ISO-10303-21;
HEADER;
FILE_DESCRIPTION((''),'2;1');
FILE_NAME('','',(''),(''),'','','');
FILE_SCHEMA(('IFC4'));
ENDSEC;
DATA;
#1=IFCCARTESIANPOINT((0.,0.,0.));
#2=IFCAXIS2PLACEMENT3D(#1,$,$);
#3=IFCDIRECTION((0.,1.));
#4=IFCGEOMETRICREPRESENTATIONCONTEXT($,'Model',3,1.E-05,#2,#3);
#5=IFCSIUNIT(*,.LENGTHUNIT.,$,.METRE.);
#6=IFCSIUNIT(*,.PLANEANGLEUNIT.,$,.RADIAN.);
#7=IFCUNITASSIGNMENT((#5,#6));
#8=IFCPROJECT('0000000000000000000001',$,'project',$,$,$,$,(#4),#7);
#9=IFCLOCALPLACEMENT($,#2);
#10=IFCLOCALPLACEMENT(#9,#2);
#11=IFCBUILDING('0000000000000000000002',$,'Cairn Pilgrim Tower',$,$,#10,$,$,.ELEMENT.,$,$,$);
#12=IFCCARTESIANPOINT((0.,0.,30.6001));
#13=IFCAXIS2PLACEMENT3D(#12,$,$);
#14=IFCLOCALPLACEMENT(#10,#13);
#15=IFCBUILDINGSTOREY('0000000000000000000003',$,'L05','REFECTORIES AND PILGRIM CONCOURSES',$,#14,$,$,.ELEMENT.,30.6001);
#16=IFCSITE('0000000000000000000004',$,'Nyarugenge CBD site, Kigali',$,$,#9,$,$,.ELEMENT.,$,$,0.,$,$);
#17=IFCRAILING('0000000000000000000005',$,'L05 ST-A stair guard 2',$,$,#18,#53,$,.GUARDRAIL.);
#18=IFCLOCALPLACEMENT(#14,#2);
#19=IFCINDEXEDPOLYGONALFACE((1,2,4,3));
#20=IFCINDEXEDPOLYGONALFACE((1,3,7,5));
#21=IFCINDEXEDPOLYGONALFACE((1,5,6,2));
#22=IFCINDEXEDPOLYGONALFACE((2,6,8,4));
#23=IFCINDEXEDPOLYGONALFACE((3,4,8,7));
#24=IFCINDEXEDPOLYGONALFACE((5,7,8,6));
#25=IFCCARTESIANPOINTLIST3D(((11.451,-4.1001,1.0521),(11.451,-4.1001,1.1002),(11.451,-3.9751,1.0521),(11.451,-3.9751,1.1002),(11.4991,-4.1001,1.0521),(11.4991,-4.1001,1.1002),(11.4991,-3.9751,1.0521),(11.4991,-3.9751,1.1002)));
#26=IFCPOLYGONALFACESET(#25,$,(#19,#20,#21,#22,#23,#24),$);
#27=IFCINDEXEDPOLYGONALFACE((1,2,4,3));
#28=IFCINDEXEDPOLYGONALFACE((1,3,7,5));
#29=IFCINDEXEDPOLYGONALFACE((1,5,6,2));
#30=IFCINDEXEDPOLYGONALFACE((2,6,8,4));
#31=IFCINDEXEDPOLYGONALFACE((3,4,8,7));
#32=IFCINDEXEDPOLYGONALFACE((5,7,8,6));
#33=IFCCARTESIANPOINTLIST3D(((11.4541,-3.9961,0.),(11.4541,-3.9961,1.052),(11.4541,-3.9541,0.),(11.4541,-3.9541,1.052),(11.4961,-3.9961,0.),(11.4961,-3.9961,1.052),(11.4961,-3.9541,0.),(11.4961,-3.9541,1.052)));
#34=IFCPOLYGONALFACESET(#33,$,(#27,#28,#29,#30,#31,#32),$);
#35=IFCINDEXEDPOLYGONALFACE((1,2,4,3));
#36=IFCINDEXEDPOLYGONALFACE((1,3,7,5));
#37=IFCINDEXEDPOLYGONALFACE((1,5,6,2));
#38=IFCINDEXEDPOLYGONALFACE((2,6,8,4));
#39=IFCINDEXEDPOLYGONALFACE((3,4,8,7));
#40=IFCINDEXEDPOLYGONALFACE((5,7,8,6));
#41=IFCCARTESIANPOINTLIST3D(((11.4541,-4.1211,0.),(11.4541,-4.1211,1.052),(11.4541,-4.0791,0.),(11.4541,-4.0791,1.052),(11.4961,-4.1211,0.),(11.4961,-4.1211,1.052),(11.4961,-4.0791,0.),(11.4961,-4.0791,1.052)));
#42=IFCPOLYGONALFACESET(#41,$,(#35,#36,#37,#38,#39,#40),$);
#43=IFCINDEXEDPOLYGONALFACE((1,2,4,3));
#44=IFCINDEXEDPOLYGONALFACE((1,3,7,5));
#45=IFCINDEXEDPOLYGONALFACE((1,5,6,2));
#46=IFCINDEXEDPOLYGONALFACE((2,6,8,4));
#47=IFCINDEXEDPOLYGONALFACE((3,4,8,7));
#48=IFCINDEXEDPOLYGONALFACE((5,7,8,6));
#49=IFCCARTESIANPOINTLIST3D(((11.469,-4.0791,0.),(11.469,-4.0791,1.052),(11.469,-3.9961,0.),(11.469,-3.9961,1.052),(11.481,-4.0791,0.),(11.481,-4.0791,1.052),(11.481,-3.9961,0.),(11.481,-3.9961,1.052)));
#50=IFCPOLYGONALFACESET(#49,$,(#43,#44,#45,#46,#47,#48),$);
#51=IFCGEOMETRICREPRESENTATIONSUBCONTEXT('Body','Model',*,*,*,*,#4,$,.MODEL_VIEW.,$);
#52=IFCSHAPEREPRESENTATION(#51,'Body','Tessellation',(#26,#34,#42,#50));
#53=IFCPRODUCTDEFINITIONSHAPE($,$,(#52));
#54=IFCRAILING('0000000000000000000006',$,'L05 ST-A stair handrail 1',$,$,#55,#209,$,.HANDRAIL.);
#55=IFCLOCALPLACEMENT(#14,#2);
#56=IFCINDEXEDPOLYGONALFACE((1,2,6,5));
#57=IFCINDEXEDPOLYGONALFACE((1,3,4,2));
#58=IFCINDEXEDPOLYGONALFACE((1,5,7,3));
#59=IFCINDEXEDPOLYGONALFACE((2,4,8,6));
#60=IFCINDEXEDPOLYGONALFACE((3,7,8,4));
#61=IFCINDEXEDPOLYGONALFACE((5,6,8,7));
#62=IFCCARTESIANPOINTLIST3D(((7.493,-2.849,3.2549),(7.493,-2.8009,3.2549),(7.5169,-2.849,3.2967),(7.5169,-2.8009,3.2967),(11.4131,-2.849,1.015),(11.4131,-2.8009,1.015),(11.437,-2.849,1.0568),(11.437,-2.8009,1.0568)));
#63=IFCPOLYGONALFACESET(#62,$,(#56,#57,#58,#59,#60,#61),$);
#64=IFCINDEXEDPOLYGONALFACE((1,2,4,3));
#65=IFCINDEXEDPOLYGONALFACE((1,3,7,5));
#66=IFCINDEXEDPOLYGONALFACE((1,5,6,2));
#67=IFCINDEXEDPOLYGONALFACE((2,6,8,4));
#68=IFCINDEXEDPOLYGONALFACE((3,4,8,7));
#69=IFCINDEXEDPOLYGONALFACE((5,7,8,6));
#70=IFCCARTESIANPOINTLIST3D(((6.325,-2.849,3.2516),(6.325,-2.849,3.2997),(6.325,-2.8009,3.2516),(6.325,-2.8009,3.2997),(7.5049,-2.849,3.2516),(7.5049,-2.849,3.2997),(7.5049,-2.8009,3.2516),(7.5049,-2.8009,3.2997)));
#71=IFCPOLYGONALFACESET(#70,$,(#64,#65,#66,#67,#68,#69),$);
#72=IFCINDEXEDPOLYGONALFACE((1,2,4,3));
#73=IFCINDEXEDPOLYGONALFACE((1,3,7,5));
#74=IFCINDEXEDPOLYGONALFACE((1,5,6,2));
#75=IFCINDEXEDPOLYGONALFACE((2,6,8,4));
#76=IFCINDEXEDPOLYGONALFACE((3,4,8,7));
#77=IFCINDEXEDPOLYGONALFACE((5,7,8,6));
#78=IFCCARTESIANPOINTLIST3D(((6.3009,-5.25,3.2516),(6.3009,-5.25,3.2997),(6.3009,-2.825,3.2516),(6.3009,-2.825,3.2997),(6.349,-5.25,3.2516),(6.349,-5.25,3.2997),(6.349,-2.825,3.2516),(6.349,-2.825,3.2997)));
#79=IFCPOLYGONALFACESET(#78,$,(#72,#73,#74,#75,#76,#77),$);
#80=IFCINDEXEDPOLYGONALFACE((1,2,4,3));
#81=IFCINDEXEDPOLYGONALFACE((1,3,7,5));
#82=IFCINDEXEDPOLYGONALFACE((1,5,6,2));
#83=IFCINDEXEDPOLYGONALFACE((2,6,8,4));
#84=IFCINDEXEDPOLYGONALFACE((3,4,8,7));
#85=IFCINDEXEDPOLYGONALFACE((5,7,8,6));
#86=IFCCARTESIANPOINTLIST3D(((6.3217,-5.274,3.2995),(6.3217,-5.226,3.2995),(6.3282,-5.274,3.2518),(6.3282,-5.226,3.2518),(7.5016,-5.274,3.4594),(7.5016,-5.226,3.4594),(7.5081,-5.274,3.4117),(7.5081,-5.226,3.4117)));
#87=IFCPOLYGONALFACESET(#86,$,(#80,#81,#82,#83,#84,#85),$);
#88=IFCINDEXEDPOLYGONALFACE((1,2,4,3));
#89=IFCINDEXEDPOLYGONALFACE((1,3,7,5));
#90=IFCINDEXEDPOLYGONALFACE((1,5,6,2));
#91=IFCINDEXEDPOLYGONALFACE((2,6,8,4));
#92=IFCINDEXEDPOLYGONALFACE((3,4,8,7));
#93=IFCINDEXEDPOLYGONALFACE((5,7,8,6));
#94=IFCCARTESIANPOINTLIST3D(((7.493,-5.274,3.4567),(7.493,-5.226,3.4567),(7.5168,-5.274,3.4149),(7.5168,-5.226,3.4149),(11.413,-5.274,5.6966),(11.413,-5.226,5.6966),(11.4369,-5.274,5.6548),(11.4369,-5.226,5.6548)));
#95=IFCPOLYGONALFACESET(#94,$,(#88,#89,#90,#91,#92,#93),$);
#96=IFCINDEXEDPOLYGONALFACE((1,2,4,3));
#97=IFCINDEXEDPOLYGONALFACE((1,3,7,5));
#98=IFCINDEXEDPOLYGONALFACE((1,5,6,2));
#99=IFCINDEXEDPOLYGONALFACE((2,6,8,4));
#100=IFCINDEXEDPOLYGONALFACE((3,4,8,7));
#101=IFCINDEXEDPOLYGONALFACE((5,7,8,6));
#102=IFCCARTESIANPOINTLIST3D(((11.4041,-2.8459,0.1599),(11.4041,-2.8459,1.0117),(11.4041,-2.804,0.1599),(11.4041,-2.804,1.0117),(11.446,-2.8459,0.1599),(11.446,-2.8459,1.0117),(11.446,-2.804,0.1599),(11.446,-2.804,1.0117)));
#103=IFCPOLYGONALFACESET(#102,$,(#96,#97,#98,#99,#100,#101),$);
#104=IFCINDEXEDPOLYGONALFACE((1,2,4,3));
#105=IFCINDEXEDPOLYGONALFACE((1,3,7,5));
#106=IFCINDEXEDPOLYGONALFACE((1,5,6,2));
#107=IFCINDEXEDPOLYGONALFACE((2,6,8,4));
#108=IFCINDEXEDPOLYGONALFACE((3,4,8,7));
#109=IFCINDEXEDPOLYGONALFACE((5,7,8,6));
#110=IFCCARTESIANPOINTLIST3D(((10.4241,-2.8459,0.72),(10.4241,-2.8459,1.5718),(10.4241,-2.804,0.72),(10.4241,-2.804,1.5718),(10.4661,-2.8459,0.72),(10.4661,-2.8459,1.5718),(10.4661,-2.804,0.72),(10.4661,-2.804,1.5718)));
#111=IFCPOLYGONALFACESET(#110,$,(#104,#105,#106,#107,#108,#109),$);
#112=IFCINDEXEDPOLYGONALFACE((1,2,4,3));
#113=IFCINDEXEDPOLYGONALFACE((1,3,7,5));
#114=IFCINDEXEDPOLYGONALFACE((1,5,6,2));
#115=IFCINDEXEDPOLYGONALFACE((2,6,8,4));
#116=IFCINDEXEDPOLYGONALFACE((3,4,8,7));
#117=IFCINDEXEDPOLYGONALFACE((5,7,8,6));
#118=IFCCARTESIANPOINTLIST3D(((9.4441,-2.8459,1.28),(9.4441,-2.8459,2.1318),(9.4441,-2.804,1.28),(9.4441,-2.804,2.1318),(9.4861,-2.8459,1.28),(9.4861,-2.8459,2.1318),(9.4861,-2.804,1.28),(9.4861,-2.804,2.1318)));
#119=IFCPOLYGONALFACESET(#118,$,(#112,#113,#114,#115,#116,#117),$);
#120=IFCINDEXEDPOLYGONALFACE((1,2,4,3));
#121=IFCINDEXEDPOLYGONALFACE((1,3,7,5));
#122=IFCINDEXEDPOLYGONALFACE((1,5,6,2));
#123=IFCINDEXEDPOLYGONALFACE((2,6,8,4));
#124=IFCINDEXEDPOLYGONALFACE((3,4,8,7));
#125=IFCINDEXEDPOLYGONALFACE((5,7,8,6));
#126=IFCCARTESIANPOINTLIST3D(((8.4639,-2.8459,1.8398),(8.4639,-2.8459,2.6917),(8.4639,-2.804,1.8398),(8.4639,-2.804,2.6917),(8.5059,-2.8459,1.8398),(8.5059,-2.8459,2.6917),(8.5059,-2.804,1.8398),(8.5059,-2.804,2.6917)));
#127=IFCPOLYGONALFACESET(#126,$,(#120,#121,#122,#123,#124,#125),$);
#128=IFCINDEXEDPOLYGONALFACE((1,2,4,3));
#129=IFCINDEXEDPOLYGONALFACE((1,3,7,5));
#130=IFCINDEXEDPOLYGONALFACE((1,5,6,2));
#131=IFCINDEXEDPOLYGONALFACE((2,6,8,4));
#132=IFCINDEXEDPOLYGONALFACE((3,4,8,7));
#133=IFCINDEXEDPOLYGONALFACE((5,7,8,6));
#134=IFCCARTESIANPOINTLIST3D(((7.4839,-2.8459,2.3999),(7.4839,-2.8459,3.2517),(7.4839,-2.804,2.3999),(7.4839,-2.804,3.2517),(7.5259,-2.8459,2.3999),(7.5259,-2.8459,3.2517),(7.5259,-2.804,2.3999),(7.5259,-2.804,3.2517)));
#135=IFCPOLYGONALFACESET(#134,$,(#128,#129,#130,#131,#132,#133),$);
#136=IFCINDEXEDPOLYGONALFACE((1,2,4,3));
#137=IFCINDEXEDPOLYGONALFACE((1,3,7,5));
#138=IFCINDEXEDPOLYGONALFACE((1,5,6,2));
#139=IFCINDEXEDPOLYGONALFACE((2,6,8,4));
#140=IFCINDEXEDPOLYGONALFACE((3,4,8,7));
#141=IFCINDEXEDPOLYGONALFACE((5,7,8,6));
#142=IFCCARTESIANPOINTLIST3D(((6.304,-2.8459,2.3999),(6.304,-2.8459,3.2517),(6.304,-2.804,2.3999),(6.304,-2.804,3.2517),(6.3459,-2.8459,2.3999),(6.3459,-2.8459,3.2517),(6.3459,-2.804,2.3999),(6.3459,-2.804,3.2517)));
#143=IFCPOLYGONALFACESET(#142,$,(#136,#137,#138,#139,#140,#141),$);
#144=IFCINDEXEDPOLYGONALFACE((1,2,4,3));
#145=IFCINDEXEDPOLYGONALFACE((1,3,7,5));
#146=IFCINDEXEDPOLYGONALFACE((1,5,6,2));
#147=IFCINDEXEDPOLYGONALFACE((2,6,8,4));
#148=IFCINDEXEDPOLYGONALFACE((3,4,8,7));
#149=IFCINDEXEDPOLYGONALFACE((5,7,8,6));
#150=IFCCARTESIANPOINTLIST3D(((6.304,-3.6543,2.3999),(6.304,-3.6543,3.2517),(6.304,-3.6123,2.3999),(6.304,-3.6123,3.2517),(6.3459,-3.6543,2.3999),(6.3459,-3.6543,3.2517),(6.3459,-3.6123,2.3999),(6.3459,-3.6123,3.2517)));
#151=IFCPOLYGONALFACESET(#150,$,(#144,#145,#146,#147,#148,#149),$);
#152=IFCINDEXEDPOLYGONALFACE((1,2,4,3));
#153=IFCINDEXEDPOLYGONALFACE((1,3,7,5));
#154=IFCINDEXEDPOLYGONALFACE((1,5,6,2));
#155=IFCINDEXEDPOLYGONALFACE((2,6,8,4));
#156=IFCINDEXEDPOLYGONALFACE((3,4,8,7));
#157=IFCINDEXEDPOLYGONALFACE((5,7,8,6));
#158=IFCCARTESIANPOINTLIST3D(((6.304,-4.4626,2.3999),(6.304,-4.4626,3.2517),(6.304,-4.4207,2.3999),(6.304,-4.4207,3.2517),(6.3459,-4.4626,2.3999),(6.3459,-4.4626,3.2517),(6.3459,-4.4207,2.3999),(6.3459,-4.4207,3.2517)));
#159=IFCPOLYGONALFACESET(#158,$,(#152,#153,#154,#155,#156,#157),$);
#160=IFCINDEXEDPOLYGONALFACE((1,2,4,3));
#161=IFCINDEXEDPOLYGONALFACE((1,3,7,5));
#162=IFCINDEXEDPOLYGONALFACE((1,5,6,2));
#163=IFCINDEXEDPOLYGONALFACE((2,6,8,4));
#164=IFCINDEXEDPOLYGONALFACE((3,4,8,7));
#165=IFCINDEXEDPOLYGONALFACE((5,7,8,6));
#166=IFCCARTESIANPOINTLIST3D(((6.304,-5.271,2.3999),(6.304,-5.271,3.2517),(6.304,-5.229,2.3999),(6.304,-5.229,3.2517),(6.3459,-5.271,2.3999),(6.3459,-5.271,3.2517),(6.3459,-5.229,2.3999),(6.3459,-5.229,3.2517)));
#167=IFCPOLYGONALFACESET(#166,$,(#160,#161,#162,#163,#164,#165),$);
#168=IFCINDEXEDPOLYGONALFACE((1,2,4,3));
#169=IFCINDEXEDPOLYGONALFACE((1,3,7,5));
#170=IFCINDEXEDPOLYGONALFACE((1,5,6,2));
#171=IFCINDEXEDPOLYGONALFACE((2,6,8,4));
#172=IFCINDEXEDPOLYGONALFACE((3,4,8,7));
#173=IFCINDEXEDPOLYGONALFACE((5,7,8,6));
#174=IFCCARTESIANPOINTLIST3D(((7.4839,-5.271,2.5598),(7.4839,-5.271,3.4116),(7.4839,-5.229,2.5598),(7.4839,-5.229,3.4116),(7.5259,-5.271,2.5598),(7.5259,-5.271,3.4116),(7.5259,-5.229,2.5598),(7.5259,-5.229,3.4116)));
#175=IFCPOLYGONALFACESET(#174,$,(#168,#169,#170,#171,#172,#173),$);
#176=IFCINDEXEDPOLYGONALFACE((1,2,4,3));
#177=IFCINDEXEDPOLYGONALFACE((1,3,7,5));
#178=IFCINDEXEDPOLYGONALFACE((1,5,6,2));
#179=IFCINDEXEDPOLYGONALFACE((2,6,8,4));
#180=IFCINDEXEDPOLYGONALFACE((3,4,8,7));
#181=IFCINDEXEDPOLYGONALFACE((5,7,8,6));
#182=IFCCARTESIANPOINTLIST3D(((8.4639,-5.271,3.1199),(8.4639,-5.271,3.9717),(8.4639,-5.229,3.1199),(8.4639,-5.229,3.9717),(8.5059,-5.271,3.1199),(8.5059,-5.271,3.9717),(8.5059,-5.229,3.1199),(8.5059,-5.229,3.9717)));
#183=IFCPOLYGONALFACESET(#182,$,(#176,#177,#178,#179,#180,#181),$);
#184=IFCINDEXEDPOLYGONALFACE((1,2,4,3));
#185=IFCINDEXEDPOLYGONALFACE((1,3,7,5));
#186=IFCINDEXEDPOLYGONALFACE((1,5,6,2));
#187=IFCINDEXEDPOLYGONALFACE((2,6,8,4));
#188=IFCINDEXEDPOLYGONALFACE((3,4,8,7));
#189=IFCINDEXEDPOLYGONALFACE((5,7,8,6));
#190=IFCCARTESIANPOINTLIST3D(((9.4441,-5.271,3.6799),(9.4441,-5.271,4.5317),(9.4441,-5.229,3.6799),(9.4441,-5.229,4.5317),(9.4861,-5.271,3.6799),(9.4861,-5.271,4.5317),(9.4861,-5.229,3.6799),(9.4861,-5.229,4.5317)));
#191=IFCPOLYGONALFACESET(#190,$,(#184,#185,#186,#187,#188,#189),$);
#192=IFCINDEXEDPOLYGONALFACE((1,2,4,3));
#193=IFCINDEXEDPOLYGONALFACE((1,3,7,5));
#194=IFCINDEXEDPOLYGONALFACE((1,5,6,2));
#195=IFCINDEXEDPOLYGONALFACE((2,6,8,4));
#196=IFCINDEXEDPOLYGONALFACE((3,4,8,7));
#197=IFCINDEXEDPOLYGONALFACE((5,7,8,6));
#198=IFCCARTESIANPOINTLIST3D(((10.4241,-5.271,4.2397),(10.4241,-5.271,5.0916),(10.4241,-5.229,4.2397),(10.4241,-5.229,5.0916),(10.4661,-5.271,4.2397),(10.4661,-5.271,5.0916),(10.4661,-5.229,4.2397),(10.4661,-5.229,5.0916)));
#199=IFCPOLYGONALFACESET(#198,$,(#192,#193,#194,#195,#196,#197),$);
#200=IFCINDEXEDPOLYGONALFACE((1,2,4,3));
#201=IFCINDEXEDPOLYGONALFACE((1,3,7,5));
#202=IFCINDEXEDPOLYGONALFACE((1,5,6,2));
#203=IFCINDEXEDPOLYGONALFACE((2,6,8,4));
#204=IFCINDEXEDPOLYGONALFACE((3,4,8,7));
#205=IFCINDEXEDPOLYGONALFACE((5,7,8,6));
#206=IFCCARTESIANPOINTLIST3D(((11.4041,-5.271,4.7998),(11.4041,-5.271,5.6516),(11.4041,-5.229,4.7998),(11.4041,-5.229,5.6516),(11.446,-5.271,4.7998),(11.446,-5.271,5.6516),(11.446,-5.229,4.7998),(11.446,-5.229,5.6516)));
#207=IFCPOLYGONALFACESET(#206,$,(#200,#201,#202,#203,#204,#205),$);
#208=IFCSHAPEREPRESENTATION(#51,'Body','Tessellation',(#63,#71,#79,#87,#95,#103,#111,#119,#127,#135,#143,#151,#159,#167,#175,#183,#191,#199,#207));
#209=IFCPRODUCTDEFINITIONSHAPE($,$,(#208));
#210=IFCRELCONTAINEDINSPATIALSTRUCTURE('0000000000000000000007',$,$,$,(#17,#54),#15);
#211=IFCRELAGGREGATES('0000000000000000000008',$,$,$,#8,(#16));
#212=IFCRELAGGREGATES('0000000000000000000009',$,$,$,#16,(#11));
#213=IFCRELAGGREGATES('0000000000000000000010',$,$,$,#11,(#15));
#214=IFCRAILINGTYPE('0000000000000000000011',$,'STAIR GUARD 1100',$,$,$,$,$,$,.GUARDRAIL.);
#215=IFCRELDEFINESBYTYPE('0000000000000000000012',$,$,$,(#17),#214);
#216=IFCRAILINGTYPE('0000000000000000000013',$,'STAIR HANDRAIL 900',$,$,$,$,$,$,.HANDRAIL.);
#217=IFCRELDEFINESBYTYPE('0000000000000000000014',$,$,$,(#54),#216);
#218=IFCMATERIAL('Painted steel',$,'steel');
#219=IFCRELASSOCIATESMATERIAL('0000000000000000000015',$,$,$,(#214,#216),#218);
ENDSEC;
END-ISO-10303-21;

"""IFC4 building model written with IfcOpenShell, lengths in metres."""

from ifc_helpers import new_model, si_unit, direction, frame, origin, origin_2d, place, context, subcontext, project, spatial, polyline, rectangle, outline, extrude, material, type_object, element, save


model = new_model("IFC4")

# Units and contexts
model_context = context("Model", 3, precision=1e-05, world=origin(), true_north=direction((0.0, 1.0)))
body_context = subcontext(model_context, "Body", "Model", "MODEL_VIEW")
ifc_project = project(units=[si_unit("LENGTHUNIT", "METRE"), si_unit("PLANEANGLEUNIT", "RADIAN")], contexts=[model_context])

# Site, building, storey
site_placement = place(None, origin())
site = spatial("IfcSite", under=ifc_project, at=site_placement, Name="Nyarugenge CBD site, Kigali", CompositionType="ELEMENT", RefElevation=0.0)
building_placement = place(site_placement, origin())
building = spatial("IfcBuilding", under=site, at=building_placement, Name="Cairn Pilgrim Tower", CompositionType="ELEMENT")
storey_placement = place(building_placement, frame((0.0, 0.0, 30.6001)))
storey = spatial("IfcBuildingStorey", under=building, at=storey_placement, Name="L05", Description="REFECTORIES AND PILGRIM CONCOURSES", CompositionType="ELEMENT", Elevation=30.6001)

# Shared definitions
ifc_material_1 = material(Name="Painted steel", Category="steel")

# Railings
railing_type_1 = type_object("IfcRailingType", Name="STAIR GUARD 1100", PredefinedType="GUARDRAIL", material=ifc_material_1)
railing_1_placement = place(storey_placement, frame((11.4751, -3.9751, 0.0)))
element("IfcRailing", 1, at=railing_1_placement, inside=storey, type_object=railing_type_1, Name="L05 ST-A stair guard 2", PredefinedType="GUARDRAIL", context=body_context, shape_type="SweptSolid", body=[
    extrude(rectangle(XDim=0.0481, YDim=0.0481, at=origin_2d()), frame((0.0, 0.0, 1.0762), z_axis=(0.0, -1.0, 0.0), x_axis=(1.0, 0.0, 0.0)), (0.0, 0.0, 1.0), 0.125),
    extrude(rectangle(XDim=0.042, YDim=0.042, at=origin_2d()), origin(), (0.0, 0.0, 1.0), 1.052),
    extrude(rectangle(XDim=0.042, YDim=0.042, at=origin_2d()), frame((0.0, -0.125, 0.0)), (0.0, 0.0, 1.0), 1.052),
    extrude(outline(polyline([(0.021, 0.0), (0.104, 0.0), (0.104, 1.052), (0.021, 1.052), (0.021, 0.0)])), frame((0.0059, 0.0, 0.0), z_axis=(-1.0, 0.0, 0.0), x_axis=(0.0, -1.0, 0.0)), (0.0, 0.0, 1.0), 0.012),
])
railing_type_2 = type_object("IfcRailingType", Name="STAIR HANDRAIL 900", PredefinedType="HANDRAIL", material=ifc_material_1)
railing_2_placement = place(storey_placement, frame((11.425, -2.825, 0.1599)))
element("IfcRailing", 2, at=railing_2_placement, inside=storey, type_object=railing_type_2, Name="L05 ST-A stair handrail 1", PredefinedType="HANDRAIL", context=body_context, shape_type="SweptSolid", body=[
    extrude(rectangle(XDim=0.0481, YDim=0.0481, at=origin_2d()), frame((0.0, 0.0, 0.876), z_axis=(-0.868253, 0.0, 0.496121), x_axis=(0.0, -1.0, 0.0)), (0.0, 0.0, 1.0), 4.5149),
    extrude(rectangle(XDim=0.0481, YDim=0.0481, at=origin_2d()), frame((-3.9202, 0.0, 3.1157), z_axis=(-1.0, 0.0, 0.0), x_axis=(0.0, -1.0, 0.0)), (0.0, 0.0, 1.0), 1.1799),
    extrude(rectangle(XDim=0.0481, YDim=0.0481, at=origin_2d()), frame((-5.1001, 0.0, 3.1157), z_axis=(0.0, -1.0, 0.0), x_axis=(1.0, 0.0, 0.0)), (0.0, 0.0, 1.0), 2.425),
    extrude(rectangle(XDim=0.0481, YDim=0.0481, at=origin_2d()), frame((-5.1001, -2.425, 3.1157), z_axis=(0.990941, 0.0, 0.134299), x_axis=(0.0, 1.0, 0.0)), (0.0, 0.0, 1.0), 1.1907),
    extrude(rectangle(XDim=0.0481, YDim=0.0481, at=origin_2d()), frame((-3.9202, -2.425, 3.2759), z_axis=(0.868253, 0.0, 0.496121), x_axis=(0.0, 1.0, 0.0)), (0.0, 0.0, 1.0), 4.5149),
    extrude(rectangle(XDim=0.042, YDim=0.042, at=origin_2d()), origin(), (0.0, 0.0, 1.0), 0.8518),
    extrude(rectangle(XDim=0.042, YDim=0.042, at=origin_2d()), frame((-0.98, 0.0, 0.5601)), (0.0, 0.0, 1.0), 0.8518),
    extrude(rectangle(XDim=0.042, YDim=0.042, at=origin_2d()), frame((-1.96, 0.0, 1.1201)), (0.0, 0.0, 1.0), 0.8518),
    extrude(rectangle(XDim=0.042, YDim=0.042, at=origin_2d()), frame((-2.9402, 0.0, 1.6799)), (0.0, 0.0, 1.0), 0.8518),
    extrude(rectangle(XDim=0.042, YDim=0.042, at=origin_2d()), frame((-3.9202, 0.0, 2.24)), (0.0, 0.0, 1.0), 0.8518),
    extrude(rectangle(XDim=0.042, YDim=0.042, at=origin_2d()), frame((-5.1001, 0.0, 2.24)), (0.0, 0.0, 1.0), 0.8518),
    extrude(rectangle(XDim=0.042, YDim=0.042, at=origin_2d()), frame((-5.1001, -0.8083, 2.24)), (0.0, 0.0, 1.0), 0.8518),
    extrude(rectangle(XDim=0.042, YDim=0.042, at=origin_2d()), frame((-5.1001, -1.6167, 2.24)), (0.0, 0.0, 1.0), 0.8518),
    extrude(rectangle(XDim=0.042, YDim=0.042, at=origin_2d()), frame((-5.1001, -2.425, 2.24)), (0.0, 0.0, 1.0), 0.8518),
    extrude(rectangle(XDim=0.042, YDim=0.042, at=origin_2d()), frame((-3.9202, -2.425, 2.3999)), (0.0, 0.0, 1.0), 0.8518),
    extrude(rectangle(XDim=0.042, YDim=0.042, at=origin_2d()), frame((-2.9402, -2.425, 2.96)), (0.0, 0.0, 1.0), 0.8518),
    extrude(rectangle(XDim=0.042, YDim=0.042, at=origin_2d()), frame((-1.96, -2.425, 3.52)), (0.0, 0.0, 1.0), 0.8518),
    extrude(rectangle(XDim=0.042, YDim=0.042, at=origin_2d()), frame((-0.98, -2.425, 4.0798)), (0.0, 0.0, 1.0), 0.8518),
    extrude(rectangle(XDim=0.042, YDim=0.042, at=origin_2d()), frame((0.0, -2.425, 4.6399)), (0.0, 0.0, 1.0), 0.8518),
])

save(model, "model.ifc")
